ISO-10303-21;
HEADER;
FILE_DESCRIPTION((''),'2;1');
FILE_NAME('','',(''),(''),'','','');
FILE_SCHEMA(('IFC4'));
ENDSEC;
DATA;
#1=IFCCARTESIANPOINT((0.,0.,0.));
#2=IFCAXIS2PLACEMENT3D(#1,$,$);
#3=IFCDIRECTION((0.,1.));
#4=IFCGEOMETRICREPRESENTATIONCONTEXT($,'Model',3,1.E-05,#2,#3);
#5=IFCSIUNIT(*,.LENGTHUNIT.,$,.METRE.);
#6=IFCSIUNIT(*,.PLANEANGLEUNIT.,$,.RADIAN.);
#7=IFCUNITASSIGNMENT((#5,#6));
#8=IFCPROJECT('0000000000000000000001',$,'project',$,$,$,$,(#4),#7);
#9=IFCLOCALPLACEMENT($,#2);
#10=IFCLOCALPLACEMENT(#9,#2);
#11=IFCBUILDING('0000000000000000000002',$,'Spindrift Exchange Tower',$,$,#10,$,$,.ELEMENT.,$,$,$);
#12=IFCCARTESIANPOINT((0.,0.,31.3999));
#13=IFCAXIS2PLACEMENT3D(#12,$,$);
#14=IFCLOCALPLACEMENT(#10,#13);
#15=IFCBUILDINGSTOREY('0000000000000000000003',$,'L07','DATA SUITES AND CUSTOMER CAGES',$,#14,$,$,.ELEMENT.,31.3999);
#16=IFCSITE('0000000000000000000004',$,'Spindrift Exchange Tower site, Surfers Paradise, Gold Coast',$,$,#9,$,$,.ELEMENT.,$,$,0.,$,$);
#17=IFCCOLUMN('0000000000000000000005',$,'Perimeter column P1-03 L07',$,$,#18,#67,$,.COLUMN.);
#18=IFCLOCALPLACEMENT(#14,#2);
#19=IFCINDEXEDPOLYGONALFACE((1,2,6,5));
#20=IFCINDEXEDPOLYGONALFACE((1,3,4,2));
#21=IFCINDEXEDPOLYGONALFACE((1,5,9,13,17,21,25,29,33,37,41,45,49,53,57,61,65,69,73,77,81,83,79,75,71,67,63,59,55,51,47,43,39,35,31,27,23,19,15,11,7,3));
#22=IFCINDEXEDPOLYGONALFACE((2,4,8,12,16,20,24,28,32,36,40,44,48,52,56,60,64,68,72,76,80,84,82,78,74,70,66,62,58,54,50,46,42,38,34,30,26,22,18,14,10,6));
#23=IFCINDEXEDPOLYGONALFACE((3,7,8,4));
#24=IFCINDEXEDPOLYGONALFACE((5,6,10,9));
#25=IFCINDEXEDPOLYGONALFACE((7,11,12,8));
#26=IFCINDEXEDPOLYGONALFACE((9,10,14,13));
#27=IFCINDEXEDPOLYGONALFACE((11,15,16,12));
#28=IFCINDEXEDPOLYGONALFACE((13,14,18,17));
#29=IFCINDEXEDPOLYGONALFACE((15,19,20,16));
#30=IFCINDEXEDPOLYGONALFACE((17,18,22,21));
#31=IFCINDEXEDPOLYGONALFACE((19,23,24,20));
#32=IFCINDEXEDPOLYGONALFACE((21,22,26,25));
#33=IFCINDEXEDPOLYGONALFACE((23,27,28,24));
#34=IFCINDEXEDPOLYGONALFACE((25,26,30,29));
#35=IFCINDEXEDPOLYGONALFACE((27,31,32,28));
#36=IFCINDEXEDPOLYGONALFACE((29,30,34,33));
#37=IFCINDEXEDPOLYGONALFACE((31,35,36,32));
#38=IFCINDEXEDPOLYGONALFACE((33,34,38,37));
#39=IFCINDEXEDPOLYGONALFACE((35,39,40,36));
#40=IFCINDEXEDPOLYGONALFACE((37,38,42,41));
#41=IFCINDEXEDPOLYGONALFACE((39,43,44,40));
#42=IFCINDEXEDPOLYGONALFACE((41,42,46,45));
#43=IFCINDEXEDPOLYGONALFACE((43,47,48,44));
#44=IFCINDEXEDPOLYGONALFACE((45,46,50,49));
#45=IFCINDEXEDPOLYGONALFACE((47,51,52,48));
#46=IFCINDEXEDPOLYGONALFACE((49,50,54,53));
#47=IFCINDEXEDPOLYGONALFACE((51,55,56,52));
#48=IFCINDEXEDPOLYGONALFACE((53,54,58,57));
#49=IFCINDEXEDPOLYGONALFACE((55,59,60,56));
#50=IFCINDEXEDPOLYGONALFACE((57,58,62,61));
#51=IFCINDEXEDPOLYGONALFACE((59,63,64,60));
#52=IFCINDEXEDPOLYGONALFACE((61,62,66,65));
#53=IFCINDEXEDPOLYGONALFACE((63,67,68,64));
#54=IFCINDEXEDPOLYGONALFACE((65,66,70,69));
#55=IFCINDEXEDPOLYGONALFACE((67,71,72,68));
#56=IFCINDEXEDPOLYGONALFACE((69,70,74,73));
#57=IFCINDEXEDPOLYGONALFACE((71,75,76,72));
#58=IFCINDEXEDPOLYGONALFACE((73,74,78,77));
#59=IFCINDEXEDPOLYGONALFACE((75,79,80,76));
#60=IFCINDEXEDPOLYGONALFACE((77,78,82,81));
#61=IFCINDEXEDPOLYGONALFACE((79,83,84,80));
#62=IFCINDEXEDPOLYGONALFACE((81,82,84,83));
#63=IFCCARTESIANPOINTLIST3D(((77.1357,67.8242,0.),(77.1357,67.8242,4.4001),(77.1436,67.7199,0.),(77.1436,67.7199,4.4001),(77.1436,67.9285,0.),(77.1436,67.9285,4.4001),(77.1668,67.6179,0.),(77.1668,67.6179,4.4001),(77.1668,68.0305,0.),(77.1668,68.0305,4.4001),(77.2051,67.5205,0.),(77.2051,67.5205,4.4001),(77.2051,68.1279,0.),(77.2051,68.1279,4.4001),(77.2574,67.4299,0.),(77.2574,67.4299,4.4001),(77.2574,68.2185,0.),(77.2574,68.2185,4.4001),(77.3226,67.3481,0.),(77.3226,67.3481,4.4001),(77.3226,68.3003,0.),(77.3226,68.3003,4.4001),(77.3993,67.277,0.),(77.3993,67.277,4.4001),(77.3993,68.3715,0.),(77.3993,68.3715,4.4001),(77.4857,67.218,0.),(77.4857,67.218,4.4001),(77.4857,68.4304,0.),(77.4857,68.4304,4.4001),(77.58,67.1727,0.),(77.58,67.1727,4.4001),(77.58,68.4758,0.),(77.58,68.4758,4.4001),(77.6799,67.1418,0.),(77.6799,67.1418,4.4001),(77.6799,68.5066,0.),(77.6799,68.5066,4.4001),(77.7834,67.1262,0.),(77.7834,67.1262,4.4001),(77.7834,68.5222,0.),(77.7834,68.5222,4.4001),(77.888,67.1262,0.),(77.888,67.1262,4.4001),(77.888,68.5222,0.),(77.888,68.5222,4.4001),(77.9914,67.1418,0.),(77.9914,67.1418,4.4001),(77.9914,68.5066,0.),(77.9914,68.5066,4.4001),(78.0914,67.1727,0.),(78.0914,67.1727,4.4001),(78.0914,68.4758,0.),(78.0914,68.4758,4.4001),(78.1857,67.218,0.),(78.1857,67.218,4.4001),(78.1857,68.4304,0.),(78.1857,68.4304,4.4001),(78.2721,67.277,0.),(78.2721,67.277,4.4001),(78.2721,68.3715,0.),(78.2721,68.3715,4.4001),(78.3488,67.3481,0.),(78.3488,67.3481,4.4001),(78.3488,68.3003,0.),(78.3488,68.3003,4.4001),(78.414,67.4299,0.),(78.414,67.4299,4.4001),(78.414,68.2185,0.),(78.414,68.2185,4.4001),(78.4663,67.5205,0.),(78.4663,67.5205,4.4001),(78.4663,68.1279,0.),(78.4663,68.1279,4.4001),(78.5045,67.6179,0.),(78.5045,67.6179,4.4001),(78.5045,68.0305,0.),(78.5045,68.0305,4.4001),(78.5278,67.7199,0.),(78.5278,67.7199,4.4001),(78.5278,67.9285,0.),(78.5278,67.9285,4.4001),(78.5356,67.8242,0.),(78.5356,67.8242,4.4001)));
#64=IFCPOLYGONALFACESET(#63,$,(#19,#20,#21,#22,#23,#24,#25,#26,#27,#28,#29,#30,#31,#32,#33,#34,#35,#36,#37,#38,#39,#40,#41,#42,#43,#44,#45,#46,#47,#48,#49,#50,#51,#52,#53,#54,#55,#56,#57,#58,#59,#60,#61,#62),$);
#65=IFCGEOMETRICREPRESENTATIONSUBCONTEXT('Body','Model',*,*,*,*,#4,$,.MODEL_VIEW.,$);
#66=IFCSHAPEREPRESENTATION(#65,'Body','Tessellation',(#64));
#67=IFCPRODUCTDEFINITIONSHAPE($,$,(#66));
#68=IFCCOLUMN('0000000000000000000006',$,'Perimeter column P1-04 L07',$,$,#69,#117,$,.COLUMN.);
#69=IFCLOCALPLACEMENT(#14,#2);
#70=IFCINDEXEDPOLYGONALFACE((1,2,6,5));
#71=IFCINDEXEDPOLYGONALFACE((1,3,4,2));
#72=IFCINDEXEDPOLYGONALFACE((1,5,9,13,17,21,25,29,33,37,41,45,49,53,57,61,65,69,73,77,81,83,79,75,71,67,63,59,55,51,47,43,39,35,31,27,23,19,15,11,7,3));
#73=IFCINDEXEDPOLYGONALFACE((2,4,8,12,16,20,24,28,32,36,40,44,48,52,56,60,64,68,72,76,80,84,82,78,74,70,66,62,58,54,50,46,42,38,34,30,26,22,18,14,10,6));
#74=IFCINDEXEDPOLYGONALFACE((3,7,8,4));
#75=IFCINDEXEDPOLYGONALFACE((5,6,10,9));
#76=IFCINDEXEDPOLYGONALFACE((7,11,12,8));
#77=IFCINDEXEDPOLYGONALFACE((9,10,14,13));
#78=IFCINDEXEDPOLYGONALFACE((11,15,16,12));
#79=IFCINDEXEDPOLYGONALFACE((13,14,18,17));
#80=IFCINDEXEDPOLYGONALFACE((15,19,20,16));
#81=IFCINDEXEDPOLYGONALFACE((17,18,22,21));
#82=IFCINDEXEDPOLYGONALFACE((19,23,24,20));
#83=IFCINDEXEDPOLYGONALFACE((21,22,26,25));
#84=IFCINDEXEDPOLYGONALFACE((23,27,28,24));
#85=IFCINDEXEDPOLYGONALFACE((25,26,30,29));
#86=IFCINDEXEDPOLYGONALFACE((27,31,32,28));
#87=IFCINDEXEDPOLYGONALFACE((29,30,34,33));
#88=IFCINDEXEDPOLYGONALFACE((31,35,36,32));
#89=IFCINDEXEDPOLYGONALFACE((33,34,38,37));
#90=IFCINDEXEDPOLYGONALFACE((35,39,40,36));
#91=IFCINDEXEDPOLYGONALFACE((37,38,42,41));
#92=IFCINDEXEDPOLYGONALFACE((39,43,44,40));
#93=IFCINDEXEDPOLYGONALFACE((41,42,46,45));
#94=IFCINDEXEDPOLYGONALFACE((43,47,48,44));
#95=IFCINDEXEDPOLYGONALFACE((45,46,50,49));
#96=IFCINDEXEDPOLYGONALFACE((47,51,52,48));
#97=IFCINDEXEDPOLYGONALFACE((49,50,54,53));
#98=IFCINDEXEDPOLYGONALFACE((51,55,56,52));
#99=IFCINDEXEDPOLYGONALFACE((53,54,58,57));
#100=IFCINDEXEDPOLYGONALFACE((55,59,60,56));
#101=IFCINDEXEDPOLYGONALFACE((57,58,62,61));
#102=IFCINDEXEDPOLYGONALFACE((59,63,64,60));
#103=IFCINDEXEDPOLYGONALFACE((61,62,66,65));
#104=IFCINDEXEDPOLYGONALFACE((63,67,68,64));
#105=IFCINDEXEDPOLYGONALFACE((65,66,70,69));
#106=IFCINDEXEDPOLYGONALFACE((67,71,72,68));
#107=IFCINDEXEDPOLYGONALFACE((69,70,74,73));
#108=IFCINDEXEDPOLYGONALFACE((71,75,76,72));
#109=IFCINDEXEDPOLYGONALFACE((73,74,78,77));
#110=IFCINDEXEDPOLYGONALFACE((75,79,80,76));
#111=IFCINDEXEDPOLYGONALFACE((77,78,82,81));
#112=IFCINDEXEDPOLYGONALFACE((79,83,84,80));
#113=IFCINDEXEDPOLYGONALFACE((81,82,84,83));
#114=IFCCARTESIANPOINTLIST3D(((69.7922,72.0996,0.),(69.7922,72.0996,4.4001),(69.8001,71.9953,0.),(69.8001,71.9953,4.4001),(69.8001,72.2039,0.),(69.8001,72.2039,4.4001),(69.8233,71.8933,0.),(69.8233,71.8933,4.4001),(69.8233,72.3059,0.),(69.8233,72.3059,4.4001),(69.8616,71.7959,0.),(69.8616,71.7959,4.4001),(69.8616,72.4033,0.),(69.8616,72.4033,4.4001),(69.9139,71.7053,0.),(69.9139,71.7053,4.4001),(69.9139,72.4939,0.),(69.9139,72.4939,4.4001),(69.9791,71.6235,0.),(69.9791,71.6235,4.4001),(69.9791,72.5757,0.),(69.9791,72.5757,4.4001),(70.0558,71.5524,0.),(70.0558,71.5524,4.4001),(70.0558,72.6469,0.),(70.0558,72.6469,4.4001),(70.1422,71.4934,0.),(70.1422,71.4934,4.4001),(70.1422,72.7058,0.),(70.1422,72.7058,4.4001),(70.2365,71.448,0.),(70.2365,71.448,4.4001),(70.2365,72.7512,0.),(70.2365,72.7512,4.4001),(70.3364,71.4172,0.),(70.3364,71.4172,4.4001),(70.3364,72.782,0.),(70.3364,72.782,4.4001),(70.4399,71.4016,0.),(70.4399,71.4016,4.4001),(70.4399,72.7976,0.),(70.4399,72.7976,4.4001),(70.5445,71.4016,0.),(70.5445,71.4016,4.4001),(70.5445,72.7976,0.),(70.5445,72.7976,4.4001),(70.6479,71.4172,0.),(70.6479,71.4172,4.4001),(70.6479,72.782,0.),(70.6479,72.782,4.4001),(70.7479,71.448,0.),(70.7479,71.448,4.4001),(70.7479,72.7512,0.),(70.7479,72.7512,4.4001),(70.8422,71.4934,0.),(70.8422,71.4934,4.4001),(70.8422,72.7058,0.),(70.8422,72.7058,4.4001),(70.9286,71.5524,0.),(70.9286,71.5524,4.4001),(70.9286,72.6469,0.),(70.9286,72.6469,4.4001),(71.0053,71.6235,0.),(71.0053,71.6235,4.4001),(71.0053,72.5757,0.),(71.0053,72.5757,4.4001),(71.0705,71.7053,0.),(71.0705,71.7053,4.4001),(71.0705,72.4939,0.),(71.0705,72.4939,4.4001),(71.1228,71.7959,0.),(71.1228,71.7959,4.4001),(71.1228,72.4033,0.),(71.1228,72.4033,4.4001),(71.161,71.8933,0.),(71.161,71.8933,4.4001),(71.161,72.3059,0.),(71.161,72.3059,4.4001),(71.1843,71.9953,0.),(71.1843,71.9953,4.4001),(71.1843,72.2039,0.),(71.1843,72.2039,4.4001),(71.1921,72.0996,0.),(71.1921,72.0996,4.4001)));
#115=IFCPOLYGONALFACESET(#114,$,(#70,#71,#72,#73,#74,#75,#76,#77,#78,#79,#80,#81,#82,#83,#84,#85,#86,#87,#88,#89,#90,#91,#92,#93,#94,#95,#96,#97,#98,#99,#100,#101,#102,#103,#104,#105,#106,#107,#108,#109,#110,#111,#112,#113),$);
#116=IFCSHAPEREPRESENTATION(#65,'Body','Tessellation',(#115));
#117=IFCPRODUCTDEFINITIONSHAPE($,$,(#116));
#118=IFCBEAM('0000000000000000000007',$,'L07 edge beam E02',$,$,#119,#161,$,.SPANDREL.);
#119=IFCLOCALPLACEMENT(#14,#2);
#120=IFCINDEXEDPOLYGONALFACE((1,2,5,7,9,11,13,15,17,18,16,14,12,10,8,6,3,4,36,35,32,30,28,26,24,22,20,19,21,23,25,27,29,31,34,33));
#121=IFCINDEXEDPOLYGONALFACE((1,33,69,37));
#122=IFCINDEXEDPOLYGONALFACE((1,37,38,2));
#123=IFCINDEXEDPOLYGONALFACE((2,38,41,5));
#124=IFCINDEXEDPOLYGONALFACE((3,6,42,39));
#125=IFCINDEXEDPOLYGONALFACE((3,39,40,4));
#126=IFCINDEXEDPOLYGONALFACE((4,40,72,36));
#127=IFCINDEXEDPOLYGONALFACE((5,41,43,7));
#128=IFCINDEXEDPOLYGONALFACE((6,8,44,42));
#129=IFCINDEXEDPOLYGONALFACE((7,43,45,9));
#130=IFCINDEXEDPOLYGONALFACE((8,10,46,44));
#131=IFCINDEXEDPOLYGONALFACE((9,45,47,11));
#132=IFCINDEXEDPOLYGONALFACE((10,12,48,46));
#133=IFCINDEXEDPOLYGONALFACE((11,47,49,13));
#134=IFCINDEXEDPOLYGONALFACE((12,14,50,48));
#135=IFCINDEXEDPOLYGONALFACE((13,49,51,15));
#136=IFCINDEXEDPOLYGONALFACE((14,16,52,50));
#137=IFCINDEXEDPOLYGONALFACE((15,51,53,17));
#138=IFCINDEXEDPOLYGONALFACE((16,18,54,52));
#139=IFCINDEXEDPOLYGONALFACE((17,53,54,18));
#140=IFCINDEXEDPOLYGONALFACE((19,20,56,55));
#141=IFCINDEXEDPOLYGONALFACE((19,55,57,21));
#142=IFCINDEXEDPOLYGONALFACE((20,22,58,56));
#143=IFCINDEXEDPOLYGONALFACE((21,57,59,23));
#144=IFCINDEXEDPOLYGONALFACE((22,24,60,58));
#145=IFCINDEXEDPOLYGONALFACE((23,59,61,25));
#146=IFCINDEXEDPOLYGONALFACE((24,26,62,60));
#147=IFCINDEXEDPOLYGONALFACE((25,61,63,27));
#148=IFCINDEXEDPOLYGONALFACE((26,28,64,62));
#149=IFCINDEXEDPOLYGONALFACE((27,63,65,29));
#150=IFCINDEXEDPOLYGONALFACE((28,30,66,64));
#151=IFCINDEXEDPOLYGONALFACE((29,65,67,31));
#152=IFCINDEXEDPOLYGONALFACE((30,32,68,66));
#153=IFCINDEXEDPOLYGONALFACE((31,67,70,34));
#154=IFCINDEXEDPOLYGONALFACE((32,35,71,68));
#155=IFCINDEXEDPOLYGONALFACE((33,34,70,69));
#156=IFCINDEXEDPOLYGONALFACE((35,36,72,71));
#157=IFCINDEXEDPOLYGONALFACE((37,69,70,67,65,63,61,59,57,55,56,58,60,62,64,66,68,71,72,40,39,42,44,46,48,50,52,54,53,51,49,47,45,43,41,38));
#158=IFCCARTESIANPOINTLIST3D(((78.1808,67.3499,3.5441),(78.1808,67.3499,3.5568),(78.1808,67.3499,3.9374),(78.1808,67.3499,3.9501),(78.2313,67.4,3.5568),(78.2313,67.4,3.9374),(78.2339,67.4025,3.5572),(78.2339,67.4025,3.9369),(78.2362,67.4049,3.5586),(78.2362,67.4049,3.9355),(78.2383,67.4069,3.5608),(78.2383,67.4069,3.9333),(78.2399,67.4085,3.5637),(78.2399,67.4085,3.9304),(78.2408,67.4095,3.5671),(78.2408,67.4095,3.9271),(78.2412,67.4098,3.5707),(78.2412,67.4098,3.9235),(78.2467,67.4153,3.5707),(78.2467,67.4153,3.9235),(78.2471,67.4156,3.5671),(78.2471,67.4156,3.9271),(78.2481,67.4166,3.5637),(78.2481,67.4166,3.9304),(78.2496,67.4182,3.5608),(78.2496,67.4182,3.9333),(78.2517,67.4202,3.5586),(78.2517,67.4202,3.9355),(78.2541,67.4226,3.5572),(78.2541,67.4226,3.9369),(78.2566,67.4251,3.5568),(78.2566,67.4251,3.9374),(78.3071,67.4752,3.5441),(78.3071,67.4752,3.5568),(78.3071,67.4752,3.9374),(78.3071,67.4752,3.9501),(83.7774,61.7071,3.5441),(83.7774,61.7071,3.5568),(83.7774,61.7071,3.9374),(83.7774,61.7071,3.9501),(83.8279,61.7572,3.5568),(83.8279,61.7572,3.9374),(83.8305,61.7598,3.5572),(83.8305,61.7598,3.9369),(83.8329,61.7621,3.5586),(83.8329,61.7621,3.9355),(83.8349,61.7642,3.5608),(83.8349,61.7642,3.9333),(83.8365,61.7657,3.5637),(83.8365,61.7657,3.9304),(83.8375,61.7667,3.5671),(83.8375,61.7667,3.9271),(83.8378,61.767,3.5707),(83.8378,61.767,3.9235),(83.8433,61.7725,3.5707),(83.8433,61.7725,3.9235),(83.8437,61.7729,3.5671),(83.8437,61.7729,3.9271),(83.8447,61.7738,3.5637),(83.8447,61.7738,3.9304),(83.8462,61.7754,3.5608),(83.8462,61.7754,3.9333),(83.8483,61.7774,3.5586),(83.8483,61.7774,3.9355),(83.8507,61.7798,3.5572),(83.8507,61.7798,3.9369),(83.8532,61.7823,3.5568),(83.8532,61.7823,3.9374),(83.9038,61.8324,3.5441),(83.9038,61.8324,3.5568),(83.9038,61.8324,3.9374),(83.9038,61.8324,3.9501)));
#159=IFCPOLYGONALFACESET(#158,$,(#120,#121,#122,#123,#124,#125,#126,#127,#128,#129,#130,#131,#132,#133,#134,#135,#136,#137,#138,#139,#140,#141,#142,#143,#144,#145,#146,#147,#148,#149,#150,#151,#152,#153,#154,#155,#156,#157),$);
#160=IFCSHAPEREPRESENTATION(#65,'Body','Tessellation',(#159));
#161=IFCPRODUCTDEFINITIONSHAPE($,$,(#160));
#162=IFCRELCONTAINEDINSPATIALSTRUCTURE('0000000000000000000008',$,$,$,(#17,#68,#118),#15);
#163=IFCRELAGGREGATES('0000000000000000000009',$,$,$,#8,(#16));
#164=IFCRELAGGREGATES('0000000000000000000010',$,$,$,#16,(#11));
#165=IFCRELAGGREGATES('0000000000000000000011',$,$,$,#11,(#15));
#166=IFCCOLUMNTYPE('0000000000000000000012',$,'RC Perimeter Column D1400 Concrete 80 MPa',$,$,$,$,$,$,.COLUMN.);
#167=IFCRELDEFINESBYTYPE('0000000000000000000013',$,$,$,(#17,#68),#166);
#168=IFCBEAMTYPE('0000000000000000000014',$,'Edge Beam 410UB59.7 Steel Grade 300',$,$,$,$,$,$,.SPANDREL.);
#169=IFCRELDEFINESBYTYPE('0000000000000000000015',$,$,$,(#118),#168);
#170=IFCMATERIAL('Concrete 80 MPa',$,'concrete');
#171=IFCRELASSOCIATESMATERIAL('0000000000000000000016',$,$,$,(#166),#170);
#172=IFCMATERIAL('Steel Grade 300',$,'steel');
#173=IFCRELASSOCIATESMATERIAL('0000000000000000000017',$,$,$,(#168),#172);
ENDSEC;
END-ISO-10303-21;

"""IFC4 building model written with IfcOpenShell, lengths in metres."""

from ifc_helpers import new_model, si_unit, direction, frame, origin, origin_2d, place, context, subcontext, project, spatial, circle, i_section, extrude, source, transform, mapped, material, material_profile, profile_set, type_object, element, save


model = new_model("IFC4")

# Units and contexts
model_context = context("Model", 3, precision=1e-05, world=origin(), true_north=direction((0.0, 1.0)))
body_context = subcontext(model_context, "Body", "Model", "MODEL_VIEW")
ifc_project = project(units=[si_unit("LENGTHUNIT", "METRE"), si_unit("PLANEANGLEUNIT", "RADIAN")], contexts=[model_context])

# Site, building, storey
site_placement = place(None, origin())
site = spatial("IfcSite", under=ifc_project, at=site_placement, Name="Spindrift Exchange Tower site, Surfers Paradise, Gold Coast", CompositionType="ELEMENT", RefElevation=0.0)
building_placement = place(site_placement, origin())
building = spatial("IfcBuilding", under=site, at=building_placement, Name="Spindrift Exchange Tower", CompositionType="ELEMENT")
storey_placement = place(building_placement, frame((0.0, 0.0, 31.3999)))
storey = spatial("IfcBuildingStorey", under=building, at=storey_placement, Name="L07", Description="DATA SUITES AND CUSTOMER CAGES", CompositionType="ELEMENT", Elevation=31.3999)

# Columns
ifc_material_1 = material(Name="Concrete 80 MPa", Category="concrete")
ifc_material_profile_1 = material_profile(ifc_material_1, circle(Radius=0.7, at=origin_2d()), Name="RC D1400")
ifc_profile_set_1 = profile_set([ifc_material_profile_1], Name="Concrete 80 MPa")
column_type = type_object("IfcColumnType", Name="RC Perimeter Column D1400 Concrete 80 MPa", PredefinedType="COLUMN", material=ifc_profile_set_1)
shared_shape_1 = source(origin(), body_context, "Body", "SweptSolid", [
    extrude(circle(Radius=0.7, at=origin_2d()), origin(), (0.0, 0.0, 1.0), 4.4001),
])
for number, where, z_axis, x_axis, name in (
    (1, (77.8357, 67.8242, 0.0), (0.0, 0.0, 1.0), (1.0, 0.0, 0.0), "Perimeter column P1-03 L07"),
    (2, (70.4922, 72.0996, 0.0), (0.0, 0.0, 1.0), (1.0, 0.0, 0.0), "Perimeter column P1-04 L07"),
):
    element("IfcColumn", number, at=place(storey_placement, frame(where, z_axis=z_axis, x_axis=x_axis)), inside=storey, type_object=column_type, Name=name, PredefinedType="COLUMN", context=body_context, shape_type="MappedRepresentation", body=[
        mapped(shared_shape_1, transform((0.0, 0.0, 0.0), scale=1.0)),
    ])

# Beam
ifc_material_2 = material(Name="Steel Grade 300", Category="steel")
ifc_material_profile_2 = material_profile(ifc_material_2, i_section(OverallWidth=0.178, OverallDepth=0.406, WebThickness=0.0078, FlangeThickness=0.0127, FilletRadius=0.0139, at=origin_2d()), Name="410UB59.7")
ifc_profile_set_2 = profile_set([ifc_material_profile_2], Name="Steel Grade 300")
beam_type_1 = type_object("IfcBeamType", Name="Edge Beam 410UB59.7 Steel Grade 300", PredefinedType="SPANDREL", material=ifc_profile_set_2)
shared_shape_2 = source(origin(), body_context, "Body", "SweptSolid", [
    extrude(i_section(OverallWidth=0.178, OverallDepth=0.406, WebThickness=0.0078, FlangeThickness=0.0127, FilletRadius=0.0139, at=origin_2d()), origin(), (0.0, 0.0, 1.0), 7.9475),
])
beam_1_placement = place(storey_placement, frame((83.8406, 61.7698, 3.7471), z_axis=(-0.704198, 0.710004, 0.0), x_axis=(-0.710004, -0.704198, 0.0)))
element("IfcBeam", 3, at=beam_1_placement, inside=storey, type_object=beam_type_1, Name="L07 edge beam E02", PredefinedType="SPANDREL", context=body_context, shape_type="MappedRepresentation", body=[
    mapped(shared_shape_2, transform((0.0, 0.0, 0.0), scale=1.0)),
])

save(model, "model.ifc")
